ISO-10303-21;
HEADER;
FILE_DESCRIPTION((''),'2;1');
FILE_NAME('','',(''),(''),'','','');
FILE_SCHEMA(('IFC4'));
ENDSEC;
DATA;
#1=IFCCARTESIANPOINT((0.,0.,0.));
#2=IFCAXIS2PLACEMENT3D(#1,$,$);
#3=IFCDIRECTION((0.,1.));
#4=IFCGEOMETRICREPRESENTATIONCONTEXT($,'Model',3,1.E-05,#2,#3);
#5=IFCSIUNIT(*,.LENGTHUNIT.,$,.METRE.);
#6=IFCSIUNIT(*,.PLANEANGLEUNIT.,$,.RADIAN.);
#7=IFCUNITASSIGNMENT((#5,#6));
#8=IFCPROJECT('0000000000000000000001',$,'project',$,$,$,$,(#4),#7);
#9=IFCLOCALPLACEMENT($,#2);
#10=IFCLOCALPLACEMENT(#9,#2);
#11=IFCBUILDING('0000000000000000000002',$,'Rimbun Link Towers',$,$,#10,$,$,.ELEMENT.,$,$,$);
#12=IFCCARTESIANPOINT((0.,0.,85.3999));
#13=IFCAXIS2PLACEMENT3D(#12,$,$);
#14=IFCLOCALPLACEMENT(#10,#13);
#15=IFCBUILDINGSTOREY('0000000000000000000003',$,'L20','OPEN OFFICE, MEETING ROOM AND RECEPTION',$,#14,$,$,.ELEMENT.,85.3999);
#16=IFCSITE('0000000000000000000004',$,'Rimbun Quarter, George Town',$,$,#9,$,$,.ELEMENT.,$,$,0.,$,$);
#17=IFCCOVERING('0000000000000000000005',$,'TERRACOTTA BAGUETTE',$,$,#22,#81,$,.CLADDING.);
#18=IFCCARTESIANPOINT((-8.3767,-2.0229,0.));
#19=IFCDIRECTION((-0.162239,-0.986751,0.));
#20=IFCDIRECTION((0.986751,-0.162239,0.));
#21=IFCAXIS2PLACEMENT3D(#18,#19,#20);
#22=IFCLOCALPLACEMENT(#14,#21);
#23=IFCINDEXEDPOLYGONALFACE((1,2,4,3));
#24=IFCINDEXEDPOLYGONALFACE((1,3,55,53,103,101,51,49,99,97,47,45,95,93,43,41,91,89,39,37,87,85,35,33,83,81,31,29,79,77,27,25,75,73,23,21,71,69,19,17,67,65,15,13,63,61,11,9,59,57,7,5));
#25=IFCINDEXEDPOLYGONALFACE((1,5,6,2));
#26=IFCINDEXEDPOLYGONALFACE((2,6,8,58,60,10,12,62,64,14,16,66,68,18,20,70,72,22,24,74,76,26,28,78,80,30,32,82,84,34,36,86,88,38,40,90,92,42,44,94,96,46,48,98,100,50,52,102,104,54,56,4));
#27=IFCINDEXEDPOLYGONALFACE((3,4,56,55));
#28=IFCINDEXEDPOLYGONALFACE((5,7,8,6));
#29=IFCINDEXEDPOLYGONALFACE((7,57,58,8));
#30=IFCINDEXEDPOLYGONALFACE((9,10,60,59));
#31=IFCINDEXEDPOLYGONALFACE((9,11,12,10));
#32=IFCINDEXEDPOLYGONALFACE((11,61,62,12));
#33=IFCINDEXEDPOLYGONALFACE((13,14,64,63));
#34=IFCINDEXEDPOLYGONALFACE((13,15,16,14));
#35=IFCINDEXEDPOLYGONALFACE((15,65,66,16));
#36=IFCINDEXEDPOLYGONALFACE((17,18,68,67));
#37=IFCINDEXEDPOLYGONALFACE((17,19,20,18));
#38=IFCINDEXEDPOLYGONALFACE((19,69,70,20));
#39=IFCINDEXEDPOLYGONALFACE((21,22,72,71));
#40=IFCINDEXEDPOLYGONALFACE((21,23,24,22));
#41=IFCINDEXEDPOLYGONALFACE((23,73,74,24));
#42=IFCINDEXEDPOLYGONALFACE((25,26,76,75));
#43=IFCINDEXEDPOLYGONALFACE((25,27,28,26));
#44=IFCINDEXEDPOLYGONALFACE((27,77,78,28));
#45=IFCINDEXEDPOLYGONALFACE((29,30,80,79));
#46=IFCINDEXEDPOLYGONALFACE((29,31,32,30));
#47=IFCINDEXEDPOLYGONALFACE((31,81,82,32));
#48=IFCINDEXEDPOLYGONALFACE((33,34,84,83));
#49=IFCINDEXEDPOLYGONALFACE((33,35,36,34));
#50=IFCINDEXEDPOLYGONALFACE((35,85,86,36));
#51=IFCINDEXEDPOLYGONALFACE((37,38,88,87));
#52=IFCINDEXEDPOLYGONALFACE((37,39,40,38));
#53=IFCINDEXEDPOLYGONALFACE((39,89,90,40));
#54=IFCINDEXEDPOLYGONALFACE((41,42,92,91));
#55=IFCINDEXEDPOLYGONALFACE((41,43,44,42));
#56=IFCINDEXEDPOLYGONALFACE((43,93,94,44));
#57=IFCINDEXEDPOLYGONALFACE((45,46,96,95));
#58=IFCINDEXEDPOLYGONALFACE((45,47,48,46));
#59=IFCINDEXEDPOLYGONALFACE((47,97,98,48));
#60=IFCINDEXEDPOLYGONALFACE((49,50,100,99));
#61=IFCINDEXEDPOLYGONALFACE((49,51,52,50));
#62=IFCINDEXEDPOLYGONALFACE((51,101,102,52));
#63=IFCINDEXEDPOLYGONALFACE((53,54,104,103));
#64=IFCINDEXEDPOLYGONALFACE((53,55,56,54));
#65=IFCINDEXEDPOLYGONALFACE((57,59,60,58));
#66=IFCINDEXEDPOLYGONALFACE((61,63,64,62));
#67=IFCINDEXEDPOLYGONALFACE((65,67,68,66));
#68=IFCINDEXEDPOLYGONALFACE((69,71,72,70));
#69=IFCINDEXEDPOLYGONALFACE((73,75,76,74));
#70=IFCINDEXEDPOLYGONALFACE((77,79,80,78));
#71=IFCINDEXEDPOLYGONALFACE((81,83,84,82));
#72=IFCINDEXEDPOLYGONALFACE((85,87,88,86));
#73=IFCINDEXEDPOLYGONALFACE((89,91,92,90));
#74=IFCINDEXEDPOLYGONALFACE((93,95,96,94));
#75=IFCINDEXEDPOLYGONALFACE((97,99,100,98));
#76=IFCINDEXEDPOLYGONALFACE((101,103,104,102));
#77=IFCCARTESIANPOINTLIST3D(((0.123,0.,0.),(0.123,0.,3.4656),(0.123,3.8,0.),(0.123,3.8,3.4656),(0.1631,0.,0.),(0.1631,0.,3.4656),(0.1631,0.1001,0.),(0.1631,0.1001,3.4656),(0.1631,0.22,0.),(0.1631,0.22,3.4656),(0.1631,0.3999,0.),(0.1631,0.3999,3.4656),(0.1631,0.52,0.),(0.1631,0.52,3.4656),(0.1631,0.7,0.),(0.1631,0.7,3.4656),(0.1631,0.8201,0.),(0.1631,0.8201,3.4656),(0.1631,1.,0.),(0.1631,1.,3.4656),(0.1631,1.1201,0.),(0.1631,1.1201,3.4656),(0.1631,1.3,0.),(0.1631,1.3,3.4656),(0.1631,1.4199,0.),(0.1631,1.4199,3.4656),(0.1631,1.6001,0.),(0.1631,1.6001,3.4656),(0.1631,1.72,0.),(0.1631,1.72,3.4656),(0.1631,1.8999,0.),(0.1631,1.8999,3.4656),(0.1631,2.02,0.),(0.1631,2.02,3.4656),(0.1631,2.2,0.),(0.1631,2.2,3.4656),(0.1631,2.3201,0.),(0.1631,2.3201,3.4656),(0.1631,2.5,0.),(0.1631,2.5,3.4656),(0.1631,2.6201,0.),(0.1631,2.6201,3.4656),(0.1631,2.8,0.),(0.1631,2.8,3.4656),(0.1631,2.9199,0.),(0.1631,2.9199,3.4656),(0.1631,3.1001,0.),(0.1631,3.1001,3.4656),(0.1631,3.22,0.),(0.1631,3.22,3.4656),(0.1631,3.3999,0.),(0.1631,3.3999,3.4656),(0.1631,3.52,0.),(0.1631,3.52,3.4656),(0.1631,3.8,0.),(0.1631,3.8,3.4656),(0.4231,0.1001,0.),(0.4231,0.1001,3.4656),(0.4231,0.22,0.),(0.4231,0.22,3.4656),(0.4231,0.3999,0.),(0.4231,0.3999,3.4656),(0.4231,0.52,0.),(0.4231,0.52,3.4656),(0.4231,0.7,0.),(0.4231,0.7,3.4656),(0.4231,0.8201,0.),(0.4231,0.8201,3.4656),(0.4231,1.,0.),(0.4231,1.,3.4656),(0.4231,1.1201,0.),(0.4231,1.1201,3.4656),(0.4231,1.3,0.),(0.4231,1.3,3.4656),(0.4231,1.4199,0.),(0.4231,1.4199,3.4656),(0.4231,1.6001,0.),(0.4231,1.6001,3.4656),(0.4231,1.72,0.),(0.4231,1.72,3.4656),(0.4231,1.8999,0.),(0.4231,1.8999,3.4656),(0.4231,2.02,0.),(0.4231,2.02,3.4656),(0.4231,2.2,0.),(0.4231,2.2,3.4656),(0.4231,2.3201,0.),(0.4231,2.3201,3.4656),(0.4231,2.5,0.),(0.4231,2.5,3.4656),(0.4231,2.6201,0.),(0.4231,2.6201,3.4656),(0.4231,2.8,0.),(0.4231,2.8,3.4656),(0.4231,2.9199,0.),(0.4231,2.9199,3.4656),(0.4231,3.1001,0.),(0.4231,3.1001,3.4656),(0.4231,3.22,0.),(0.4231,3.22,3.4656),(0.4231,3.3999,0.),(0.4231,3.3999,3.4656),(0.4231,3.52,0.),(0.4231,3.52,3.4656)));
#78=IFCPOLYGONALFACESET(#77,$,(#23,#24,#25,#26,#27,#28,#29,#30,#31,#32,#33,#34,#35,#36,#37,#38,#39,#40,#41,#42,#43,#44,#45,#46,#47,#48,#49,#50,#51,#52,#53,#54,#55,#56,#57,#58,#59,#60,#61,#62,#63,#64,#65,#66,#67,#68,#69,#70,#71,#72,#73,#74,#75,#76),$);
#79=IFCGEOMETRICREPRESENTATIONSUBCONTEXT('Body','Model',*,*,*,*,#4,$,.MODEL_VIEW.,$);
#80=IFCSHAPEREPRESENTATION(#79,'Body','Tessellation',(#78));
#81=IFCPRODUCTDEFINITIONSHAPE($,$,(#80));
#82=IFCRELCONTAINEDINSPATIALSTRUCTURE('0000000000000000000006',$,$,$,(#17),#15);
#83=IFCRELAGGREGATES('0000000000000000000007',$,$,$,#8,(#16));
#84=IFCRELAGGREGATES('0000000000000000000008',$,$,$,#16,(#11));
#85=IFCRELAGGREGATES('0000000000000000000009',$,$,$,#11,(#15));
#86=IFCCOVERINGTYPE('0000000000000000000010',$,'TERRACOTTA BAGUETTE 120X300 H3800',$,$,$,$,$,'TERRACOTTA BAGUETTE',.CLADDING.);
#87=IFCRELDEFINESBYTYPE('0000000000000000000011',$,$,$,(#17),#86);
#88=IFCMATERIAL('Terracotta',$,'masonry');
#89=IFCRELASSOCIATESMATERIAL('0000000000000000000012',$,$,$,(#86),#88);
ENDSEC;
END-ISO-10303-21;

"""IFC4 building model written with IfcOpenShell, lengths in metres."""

from ifc_helpers import new_model, si_unit, direction, frame, origin, place, context, subcontext, project, spatial, polyline, outline, extrude, material, material_profile, profile_set, type_object, element, save


model = new_model("IFC4")

# Units and contexts
model_context = context("Model", 3, precision=1e-05, world=origin(), true_north=direction((0.0, 1.0)))
body_context = subcontext(model_context, "Body", "Model", "MODEL_VIEW")
ifc_project = project(units=[si_unit("LENGTHUNIT", "METRE"), si_unit("PLANEANGLEUNIT", "RADIAN")], contexts=[model_context])

# Site, building, storey
site_placement = place(None, origin())
site = spatial("IfcSite", under=ifc_project, at=site_placement, Name="Rimbun Quarter, George Town", CompositionType="ELEMENT", RefElevation=0.0)
building_placement = place(site_placement, origin())
building = spatial("IfcBuilding", under=site, at=building_placement, Name="Rimbun Link Towers", CompositionType="ELEMENT")
storey_placement = place(building_placement, frame((0.0, 0.0, 85.3999)))
storey = spatial("IfcBuildingStorey", under=building, at=storey_placement, Name="L20", Description="OPEN OFFICE, MEETING ROOM AND RECEPTION", CompositionType="ELEMENT", Elevation=85.3999)

# Covering
ifc_material_1 = material(Name="Terracotta", Category="masonry")
ifc_material_profile_1 = material_profile(ifc_material_1, outline(polyline([(0.123, 0.0), (0.1631, 0.0), (0.1631, 0.1001), (0.4231, 0.1001), (0.4231, 0.22), (0.1631, 0.22), (0.1631, 0.3999), (0.4231, 0.3999), (0.4231, 0.52), (0.1631, 0.52), (0.1631, 0.7), (0.4231, 0.7), (0.4231, 0.8201), (0.1631, 0.8201), (0.1631, 1.0), (0.4231, 1.0), (0.4231, 1.1201), (0.1631, 1.1201), (0.1631, 1.3), (0.4231, 1.3), (0.4231, 1.4199), (0.1631, 1.4199), (0.1631, 1.6001), (0.4231, 1.6001), (0.4231, 1.72), (0.1631, 1.72), (0.1631, 1.8999), (0.4231, 1.8999), (0.4231, 2.02), (0.1631, 2.02), (0.1631, 2.2), (0.4231, 2.2), (0.4231, 2.3201), (0.1631, 2.3201), (0.1631, 2.5), (0.4231, 2.5), (0.4231, 2.6201), (0.1631, 2.6201), (0.1631, 2.8), (0.4231, 2.8), (0.4231, 2.9199), (0.1631, 2.9199), (0.1631, 3.1001), (0.4231, 3.1001), (0.4231, 3.22), (0.1631, 3.22), (0.1631, 3.3999), (0.4231, 3.3999), (0.4231, 3.52), (0.1631, 3.52), (0.1631, 3.8), (0.123, 3.8), (0.123, 0.0)])), Name="BAGUETTE 120X300")
ifc_profile_set_1 = profile_set([ifc_material_profile_1], Name="Terracotta")
covering_type = type_object("IfcCoveringType", Name="TERRACOTTA BAGUETTE 120X300 H3800", ElementType="TERRACOTTA BAGUETTE", PredefinedType="CLADDING", material=ifc_profile_set_1)
covering_1_placement = place(storey_placement, frame((-8.3767, -2.0229, 0.0), z_axis=(-0.162239, -0.986751, 0.0), x_axis=(0.986751, -0.162239, 0.0)))
element("IfcCovering", 1, at=covering_1_placement, inside=storey, type_object=covering_type, Name="TERRACOTTA BAGUETTE", PredefinedType="CLADDING", context=body_context, shape_type="SweptSolid", body=[
    extrude(outline(polyline([(0.123, 0.0), (0.1631, 0.0), (0.1631, 0.1001), (0.4231, 0.1001), (0.4231, 0.22), (0.1631, 0.22), (0.1631, 0.3999), (0.4231, 0.3999), (0.4231, 0.52), (0.1631, 0.52), (0.1631, 0.7), (0.4231, 0.7), (0.4231, 0.8201), (0.1631, 0.8201), (0.1631, 1.0), (0.4231, 1.0), (0.4231, 1.1201), (0.1631, 1.1201), (0.1631, 1.3), (0.4231, 1.3), (0.4231, 1.4199), (0.1631, 1.4199), (0.1631, 1.6001), (0.4231, 1.6001), (0.4231, 1.72), (0.1631, 1.72), (0.1631, 1.8999), (0.4231, 1.8999), (0.4231, 2.02), (0.1631, 2.02), (0.1631, 2.2), (0.4231, 2.2), (0.4231, 2.3201), (0.1631, 2.3201), (0.1631, 2.5), (0.4231, 2.5), (0.4231, 2.6201), (0.1631, 2.6201), (0.1631, 2.8), (0.4231, 2.8), (0.4231, 2.9199), (0.1631, 2.9199), (0.1631, 3.1001), (0.4231, 3.1001), (0.4231, 3.22), (0.1631, 3.22), (0.1631, 3.3999), (0.4231, 3.3999), (0.4231, 3.52), (0.1631, 3.52), (0.1631, 3.8), (0.123, 3.8), (0.123, 0.0)])), origin(), (0.0, 0.0, 1.0), 3.4656),
])

save(model, "model.ifc")
